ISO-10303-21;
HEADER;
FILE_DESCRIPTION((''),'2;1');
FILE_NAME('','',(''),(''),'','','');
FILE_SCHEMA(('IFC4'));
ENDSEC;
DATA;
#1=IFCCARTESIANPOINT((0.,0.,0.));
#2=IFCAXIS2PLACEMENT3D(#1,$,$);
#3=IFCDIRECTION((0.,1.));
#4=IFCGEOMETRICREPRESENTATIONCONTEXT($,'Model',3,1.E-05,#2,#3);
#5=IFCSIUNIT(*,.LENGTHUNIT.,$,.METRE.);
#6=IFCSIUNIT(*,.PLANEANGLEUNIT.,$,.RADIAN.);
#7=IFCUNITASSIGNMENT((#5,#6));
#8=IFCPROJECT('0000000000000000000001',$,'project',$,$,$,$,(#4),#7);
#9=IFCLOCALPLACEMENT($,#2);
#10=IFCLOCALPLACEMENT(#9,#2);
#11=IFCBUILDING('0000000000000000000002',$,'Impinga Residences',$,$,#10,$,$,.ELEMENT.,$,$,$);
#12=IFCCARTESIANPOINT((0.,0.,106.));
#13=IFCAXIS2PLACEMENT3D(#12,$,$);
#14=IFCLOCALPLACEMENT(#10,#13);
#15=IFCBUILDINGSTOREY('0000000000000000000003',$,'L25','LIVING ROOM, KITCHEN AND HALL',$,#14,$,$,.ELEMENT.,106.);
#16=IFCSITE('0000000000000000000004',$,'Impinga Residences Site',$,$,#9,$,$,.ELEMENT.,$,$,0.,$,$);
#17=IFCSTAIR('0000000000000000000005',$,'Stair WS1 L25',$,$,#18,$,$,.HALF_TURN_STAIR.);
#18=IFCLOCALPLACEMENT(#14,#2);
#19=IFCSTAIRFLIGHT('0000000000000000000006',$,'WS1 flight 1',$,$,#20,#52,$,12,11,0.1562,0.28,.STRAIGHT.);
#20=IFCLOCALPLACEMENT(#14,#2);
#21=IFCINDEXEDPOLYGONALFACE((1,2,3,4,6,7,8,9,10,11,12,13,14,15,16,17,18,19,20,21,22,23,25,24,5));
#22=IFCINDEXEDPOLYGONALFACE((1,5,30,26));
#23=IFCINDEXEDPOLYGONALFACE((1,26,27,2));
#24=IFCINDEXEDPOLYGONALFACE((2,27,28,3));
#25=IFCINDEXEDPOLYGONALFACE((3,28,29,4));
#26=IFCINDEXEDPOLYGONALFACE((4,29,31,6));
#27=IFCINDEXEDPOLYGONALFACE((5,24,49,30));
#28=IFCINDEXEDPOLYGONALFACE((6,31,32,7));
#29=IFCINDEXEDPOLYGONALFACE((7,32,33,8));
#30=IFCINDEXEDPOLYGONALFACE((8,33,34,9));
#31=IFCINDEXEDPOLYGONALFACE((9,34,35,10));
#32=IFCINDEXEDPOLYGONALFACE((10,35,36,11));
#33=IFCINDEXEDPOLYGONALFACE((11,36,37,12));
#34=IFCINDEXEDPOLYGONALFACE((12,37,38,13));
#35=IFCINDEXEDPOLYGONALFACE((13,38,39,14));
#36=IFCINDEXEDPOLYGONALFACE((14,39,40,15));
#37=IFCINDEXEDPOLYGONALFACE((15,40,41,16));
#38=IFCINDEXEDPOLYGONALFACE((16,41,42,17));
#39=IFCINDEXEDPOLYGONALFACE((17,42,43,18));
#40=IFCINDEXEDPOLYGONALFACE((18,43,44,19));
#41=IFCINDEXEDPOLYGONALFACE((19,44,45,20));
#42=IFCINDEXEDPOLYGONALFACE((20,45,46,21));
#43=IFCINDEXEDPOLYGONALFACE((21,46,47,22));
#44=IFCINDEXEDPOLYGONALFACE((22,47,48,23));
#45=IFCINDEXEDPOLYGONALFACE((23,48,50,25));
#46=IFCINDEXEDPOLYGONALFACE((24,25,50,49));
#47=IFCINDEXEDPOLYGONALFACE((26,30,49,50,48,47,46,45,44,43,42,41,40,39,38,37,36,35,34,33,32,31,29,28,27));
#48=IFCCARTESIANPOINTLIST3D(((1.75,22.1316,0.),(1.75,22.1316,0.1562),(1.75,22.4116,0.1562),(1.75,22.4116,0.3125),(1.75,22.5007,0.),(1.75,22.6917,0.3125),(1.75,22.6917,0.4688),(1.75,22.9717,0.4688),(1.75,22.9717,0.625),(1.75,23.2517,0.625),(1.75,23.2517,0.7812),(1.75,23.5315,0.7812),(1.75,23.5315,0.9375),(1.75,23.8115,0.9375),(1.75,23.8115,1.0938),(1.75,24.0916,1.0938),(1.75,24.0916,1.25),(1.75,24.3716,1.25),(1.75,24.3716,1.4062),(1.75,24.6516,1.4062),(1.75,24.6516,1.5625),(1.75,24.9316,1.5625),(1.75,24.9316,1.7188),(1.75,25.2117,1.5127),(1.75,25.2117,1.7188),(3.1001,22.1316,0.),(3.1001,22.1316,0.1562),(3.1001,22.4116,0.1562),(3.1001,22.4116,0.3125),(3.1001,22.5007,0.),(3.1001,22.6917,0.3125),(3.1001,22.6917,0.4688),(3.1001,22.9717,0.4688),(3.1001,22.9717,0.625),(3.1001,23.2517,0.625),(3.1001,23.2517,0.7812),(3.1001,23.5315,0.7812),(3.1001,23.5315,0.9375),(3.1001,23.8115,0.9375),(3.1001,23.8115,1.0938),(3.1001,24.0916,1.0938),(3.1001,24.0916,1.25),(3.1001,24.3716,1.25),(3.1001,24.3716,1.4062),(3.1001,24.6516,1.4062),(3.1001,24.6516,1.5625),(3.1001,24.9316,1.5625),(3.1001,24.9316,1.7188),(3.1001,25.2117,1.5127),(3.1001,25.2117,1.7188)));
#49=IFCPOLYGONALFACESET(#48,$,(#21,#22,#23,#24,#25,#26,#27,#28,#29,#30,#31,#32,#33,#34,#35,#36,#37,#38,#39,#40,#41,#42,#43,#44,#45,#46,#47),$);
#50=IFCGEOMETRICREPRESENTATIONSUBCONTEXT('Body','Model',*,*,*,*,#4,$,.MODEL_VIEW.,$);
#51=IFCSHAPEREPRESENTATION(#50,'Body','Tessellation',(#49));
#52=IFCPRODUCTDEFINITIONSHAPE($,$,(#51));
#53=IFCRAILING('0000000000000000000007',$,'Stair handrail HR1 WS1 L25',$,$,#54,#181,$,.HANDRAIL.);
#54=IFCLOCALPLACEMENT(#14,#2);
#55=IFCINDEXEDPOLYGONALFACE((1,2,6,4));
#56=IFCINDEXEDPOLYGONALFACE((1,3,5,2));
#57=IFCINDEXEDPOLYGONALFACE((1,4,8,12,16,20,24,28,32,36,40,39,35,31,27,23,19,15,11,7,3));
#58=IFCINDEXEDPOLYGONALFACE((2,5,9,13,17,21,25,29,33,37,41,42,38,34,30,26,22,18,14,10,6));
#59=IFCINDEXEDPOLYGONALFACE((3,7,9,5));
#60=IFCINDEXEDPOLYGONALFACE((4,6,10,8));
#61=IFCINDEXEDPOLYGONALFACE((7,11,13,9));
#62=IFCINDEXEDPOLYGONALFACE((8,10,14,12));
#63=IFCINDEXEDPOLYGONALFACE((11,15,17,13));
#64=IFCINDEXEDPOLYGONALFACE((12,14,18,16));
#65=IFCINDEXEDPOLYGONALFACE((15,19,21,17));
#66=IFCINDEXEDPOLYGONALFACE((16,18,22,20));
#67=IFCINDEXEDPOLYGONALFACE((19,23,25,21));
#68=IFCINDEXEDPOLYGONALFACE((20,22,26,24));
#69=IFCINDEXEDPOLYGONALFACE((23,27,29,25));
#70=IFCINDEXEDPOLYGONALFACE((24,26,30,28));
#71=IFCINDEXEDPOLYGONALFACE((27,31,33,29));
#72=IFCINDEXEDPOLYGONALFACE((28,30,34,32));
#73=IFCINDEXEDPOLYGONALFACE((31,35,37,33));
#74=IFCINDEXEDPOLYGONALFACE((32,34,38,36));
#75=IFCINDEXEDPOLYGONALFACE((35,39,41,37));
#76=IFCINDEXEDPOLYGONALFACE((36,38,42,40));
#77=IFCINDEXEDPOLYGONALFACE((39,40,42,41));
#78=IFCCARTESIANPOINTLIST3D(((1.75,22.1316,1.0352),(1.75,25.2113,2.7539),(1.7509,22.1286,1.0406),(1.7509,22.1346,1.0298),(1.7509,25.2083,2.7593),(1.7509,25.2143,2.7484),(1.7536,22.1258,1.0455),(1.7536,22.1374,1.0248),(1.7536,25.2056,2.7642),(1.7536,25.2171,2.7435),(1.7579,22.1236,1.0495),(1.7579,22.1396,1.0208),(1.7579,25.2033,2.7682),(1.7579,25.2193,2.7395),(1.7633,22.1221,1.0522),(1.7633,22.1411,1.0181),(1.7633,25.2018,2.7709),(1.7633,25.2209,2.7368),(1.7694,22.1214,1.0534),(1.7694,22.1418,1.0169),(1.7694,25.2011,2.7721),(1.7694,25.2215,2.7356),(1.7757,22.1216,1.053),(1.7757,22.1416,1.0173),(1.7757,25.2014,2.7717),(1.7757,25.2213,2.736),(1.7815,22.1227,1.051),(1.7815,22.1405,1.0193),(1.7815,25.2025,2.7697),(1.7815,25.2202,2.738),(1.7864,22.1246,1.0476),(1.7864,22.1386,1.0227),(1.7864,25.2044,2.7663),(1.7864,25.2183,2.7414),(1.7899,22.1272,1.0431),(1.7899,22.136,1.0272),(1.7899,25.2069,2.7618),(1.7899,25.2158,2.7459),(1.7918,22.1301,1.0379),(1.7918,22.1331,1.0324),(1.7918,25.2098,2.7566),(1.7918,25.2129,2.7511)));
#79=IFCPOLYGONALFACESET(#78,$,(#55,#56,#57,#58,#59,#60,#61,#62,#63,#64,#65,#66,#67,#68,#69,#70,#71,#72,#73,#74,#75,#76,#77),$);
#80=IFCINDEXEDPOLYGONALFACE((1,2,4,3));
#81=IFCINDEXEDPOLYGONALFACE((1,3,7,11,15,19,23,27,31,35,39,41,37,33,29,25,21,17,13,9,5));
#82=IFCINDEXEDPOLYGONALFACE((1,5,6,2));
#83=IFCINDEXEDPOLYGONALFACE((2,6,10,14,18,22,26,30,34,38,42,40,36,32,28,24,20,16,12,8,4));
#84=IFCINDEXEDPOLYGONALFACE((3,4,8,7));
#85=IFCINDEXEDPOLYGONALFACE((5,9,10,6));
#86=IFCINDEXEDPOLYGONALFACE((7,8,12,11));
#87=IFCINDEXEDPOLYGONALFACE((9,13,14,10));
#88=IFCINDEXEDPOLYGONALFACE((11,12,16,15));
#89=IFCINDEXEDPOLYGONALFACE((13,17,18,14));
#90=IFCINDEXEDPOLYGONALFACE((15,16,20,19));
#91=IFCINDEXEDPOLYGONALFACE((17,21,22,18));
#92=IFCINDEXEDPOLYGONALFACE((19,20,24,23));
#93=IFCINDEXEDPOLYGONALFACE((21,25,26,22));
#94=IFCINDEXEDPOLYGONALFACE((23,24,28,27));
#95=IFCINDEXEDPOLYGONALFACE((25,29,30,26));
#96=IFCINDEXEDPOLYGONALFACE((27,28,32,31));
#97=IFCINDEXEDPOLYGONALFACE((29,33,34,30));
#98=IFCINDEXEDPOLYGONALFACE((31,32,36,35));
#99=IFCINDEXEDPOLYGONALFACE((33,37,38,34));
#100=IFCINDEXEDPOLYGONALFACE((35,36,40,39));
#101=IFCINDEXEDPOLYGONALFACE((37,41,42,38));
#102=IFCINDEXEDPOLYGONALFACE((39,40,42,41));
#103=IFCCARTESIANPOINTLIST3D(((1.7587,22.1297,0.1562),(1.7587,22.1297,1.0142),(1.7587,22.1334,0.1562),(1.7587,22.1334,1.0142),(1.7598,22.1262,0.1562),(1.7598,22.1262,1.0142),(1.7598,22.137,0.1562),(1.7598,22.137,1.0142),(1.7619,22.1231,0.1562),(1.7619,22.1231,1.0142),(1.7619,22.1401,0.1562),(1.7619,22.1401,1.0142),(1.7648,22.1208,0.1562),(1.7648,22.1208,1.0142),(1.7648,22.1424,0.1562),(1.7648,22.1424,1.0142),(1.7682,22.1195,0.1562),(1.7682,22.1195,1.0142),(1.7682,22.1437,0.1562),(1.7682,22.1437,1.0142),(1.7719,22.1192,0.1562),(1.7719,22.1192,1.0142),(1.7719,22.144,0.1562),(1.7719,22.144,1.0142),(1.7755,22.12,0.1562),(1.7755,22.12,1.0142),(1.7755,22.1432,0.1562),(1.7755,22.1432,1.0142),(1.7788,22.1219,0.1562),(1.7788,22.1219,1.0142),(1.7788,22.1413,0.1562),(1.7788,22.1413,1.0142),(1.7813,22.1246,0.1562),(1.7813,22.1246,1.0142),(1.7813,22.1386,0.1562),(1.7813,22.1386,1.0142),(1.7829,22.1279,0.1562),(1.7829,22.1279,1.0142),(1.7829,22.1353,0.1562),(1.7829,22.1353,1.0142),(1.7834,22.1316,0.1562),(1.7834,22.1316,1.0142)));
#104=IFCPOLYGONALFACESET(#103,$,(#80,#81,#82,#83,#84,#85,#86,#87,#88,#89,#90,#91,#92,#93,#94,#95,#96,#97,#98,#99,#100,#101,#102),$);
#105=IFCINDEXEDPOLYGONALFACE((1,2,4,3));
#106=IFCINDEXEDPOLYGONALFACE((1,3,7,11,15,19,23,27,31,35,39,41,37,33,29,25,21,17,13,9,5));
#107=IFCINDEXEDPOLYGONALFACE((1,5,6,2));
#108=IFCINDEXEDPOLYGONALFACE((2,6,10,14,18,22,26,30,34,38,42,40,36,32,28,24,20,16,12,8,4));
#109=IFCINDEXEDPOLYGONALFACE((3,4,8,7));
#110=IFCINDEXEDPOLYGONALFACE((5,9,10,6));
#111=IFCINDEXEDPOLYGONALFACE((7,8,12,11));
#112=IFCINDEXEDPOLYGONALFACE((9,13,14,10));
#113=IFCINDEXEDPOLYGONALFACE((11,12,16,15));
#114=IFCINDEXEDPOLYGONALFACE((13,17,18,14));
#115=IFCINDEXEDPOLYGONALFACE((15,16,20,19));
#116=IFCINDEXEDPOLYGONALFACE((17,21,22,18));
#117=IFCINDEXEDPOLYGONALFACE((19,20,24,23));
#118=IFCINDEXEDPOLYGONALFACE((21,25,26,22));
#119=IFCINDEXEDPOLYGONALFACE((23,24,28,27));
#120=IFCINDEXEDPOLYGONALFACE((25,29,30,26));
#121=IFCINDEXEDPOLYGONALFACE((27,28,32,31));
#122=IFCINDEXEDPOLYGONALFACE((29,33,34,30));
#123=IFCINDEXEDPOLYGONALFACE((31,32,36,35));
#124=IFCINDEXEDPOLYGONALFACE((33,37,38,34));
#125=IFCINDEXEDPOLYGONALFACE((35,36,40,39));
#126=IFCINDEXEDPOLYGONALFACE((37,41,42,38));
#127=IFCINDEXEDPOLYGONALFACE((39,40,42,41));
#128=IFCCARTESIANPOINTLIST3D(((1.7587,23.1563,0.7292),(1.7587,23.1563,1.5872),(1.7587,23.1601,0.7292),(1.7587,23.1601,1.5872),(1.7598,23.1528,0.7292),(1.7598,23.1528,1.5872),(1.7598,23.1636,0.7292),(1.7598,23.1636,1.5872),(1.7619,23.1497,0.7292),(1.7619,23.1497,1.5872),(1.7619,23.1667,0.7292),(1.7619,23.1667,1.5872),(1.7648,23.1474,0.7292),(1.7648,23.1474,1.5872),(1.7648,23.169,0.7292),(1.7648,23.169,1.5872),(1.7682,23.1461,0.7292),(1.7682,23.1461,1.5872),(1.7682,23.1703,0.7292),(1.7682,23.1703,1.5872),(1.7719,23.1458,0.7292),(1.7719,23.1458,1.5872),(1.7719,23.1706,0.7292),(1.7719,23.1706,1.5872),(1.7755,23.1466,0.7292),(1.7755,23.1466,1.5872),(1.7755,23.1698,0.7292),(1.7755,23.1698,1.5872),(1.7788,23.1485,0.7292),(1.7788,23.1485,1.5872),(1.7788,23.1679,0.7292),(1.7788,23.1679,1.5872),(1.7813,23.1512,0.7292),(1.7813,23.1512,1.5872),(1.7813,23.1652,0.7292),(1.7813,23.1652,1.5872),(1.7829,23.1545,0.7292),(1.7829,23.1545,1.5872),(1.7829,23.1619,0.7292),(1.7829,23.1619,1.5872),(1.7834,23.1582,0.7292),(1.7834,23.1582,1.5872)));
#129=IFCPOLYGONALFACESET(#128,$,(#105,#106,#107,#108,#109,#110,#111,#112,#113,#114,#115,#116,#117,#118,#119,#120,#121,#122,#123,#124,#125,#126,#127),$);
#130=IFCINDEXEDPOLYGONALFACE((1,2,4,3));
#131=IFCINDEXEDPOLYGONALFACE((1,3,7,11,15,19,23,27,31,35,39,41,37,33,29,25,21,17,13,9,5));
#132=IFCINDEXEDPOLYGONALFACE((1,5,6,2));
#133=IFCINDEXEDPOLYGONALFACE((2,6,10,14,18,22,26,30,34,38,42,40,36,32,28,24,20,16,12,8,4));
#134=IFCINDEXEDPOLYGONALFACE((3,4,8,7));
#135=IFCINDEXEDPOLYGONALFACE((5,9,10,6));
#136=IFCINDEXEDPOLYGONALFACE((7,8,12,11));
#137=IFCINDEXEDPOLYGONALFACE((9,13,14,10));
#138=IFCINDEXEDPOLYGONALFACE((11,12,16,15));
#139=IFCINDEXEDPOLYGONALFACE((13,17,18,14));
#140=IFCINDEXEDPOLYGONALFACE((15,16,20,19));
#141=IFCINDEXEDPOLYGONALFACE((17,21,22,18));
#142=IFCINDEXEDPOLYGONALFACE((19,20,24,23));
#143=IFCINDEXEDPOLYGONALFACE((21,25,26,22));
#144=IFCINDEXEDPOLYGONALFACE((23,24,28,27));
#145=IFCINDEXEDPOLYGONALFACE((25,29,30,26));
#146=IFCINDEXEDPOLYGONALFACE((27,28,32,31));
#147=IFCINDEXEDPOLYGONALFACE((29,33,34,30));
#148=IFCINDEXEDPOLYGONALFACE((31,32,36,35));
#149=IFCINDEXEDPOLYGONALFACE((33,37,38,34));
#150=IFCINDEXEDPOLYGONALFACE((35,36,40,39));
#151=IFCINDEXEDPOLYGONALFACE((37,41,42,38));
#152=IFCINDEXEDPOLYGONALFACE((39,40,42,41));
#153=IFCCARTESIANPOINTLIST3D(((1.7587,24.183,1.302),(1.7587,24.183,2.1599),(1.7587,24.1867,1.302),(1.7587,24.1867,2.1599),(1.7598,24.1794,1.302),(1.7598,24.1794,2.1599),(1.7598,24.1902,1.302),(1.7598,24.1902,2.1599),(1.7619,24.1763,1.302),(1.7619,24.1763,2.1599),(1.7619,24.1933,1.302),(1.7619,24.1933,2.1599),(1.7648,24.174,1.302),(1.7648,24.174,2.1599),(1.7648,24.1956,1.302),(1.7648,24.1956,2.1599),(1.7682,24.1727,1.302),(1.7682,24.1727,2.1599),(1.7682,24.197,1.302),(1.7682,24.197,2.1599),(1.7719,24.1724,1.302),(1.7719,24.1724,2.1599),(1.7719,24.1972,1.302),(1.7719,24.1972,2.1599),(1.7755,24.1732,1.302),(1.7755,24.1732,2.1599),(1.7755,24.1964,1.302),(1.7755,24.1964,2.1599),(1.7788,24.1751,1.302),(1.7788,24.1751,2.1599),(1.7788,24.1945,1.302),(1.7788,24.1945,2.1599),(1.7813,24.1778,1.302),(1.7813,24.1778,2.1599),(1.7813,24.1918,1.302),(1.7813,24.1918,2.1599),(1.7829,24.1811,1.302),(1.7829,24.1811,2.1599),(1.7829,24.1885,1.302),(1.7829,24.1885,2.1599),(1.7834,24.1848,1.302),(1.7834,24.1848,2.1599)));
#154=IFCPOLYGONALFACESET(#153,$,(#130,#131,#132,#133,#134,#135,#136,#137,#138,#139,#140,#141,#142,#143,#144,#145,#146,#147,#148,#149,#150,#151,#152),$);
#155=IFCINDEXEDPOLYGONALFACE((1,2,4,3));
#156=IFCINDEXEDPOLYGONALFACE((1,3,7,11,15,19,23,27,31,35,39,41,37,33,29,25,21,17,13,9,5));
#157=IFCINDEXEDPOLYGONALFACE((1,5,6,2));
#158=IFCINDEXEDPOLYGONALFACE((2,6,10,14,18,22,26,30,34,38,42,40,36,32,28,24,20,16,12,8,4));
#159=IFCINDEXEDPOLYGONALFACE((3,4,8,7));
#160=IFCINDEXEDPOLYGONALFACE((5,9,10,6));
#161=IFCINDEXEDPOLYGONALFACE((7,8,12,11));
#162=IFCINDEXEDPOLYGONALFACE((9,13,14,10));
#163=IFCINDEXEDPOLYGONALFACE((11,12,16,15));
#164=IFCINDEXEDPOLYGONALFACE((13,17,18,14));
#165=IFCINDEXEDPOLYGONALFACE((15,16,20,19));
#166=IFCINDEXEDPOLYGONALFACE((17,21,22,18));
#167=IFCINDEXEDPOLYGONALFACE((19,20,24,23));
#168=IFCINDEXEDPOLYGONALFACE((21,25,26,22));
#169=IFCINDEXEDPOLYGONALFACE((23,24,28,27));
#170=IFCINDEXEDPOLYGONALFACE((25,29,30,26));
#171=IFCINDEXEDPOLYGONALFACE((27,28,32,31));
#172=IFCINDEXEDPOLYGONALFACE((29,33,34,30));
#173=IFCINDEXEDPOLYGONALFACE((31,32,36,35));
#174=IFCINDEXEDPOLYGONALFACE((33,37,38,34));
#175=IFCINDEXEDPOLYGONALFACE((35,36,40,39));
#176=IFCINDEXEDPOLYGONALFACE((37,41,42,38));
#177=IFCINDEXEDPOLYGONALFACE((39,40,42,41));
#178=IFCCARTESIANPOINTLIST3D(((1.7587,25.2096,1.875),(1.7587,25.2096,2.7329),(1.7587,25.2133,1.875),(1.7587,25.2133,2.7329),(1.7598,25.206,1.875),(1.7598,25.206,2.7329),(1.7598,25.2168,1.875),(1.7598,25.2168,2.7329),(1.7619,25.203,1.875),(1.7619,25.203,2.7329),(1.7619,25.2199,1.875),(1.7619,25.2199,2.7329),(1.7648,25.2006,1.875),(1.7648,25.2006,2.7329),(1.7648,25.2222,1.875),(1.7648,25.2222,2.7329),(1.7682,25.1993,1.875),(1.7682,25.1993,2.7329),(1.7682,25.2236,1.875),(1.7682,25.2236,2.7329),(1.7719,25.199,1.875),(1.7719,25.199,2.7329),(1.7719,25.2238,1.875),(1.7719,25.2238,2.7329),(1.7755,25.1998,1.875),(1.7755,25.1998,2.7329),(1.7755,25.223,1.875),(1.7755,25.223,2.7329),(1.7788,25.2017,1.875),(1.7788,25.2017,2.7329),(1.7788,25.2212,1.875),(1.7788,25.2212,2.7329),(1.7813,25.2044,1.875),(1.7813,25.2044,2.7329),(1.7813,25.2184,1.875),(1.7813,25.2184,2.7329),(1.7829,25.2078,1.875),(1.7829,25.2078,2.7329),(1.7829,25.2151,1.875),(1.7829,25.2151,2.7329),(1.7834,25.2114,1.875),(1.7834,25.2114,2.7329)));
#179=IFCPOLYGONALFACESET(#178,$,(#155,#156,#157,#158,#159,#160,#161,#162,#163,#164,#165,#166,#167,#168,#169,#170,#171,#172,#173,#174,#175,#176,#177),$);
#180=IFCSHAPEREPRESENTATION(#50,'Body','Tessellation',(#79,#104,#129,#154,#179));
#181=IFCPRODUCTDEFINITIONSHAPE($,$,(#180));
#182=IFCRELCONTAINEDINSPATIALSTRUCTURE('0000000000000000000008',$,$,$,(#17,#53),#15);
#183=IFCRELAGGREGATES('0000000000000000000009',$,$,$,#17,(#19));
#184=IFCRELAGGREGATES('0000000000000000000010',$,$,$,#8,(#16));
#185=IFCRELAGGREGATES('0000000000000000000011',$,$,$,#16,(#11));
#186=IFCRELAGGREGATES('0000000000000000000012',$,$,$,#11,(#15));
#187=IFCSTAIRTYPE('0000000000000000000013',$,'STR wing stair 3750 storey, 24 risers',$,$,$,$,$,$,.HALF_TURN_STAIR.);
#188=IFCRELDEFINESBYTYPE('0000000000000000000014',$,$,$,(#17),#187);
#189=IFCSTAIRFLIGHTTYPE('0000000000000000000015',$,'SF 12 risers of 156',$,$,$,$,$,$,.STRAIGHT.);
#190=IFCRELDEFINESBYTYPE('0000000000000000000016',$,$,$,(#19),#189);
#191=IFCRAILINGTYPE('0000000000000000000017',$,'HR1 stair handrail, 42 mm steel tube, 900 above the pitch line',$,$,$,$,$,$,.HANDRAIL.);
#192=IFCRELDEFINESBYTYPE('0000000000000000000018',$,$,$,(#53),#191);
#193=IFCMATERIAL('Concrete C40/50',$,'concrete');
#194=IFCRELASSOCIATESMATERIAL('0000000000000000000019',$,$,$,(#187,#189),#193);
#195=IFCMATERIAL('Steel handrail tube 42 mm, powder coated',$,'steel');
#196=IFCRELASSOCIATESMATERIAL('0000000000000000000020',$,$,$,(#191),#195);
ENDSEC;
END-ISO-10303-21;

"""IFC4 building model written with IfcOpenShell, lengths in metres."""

from ifc_helpers import new_model, si_unit, direction, frame, origin, origin_2d, place, context, subcontext, project, spatial, polyline, circle, outline, extrude, material, type_object, element, aggregate, save


model = new_model("IFC4")

# Units and contexts
model_context = context("Model", 3, precision=1e-05, world=origin(), true_north=direction((0.0, 1.0)))
body_context = subcontext(model_context, "Body", "Model", "MODEL_VIEW")
ifc_project = project(units=[si_unit("LENGTHUNIT", "METRE"), si_unit("PLANEANGLEUNIT", "RADIAN")], contexts=[model_context])

# Site, building, storey
site_placement = place(None, origin())
site = spatial("IfcSite", under=ifc_project, at=site_placement, Name="Impinga Residences Site", CompositionType="ELEMENT", RefElevation=0.0)
building_placement = place(site_placement, origin())
building = spatial("IfcBuilding", under=site, at=building_placement, Name="Impinga Residences", CompositionType="ELEMENT")
storey_placement = place(building_placement, frame((0.0, 0.0, 106.0)))
storey = spatial("IfcBuildingStorey", under=building, at=storey_placement, Name="L25", Description="LIVING ROOM, KITCHEN AND HALL", CompositionType="ELEMENT", Elevation=106.0)

# Stair, stair flight
ifc_material_1 = material(Name="Concrete C40/50", Category="concrete")
stair_type = type_object("IfcStairType", Name="STR wing stair 3750 storey, 24 risers", PredefinedType="HALF_TURN_STAIR", material=ifc_material_1)
stair_placement = place(storey_placement, origin())
stair = element("IfcStair", 1, at=stair_placement, inside=storey, type_object=stair_type, Name="Stair WS1 L25", PredefinedType="HALF_TURN_STAIR")
stair_flight_type = type_object("IfcStairFlightType", Name="SF 12 risers of 156", PredefinedType="STRAIGHT", material=ifc_material_1)
stair_flight_placement = place(storey_placement, frame((2.425, 22.1316, 0.0), z_axis=(0.0, 0.0, 1.0), x_axis=(0.0, 1.0, 0.0)))
stair_flight = element("IfcStairFlight", 2, at=stair_flight_placement, type_object=stair_flight_type, Name="WS1 flight 1", NumberOfRisers=12, NumberOfTreads=11, PredefinedType="STRAIGHT", RiserHeight=0.1562, TreadLength=0.28, context=body_context, shape_type="SweptSolid", body=[
    extrude(outline(polyline([(0.0, 0.0), (0.0, 0.1562), (0.28, 0.1562), (0.28, 0.3125), (0.5601, 0.3125), (0.5601, 0.4688), (0.8401, 0.4688), (0.8401, 0.625), (1.1201, 0.625), (1.1201, 0.7812), (1.3999, 0.7812), (1.3999, 0.9375), (1.6799, 0.9375), (1.6799, 1.0938), (1.96, 1.0938), (1.96, 1.25), (2.24, 1.25), (2.24, 1.4062), (2.52, 1.4062), (2.52, 1.5625), (2.8, 1.5625), (2.8, 1.7188), (3.0801, 1.7188), (3.0801, 1.875), (3.0801, 1.5127), (0.3691, 0.0), (0.0, 0.0)])), frame((0.0, 0.675, 0.0), z_axis=(0.0, -1.0, 0.0), x_axis=(1.0, 0.0, 0.0)), (0.0, 0.0, 1.0), 1.3501),
])
aggregate(stair, [stair_flight])

# Railing
ifc_material_2 = material(Name="Steel handrail tube 42 mm, powder coated", Category="steel")
railing_type = type_object("IfcRailingType", Name="HR1 stair handrail, 42 mm steel tube, 900 above the pitch line", PredefinedType="HANDRAIL", material=ifc_material_2)
railing_placement = place(storey_placement, frame((1.771, 22.1316, 0.1562)))
element("IfcRailing", 3, at=railing_placement, inside=storey, type_object=railing_type, Name="Stair handrail HR1 WS1 L25", PredefinedType="HANDRAIL", context=body_context, shape_type="SweptSolid", body=[
    extrude(circle(Radius=0.021, at=origin_2d()), frame((0.0, 0.0, 0.8789), z_axis=(0.0, 0.873225, 0.487317), x_axis=(-1.0, 0.0, 0.0)), (0.0, 0.0, 1.0), 3.5269),
    extrude(circle(Radius=0.0125, at=origin_2d()), origin(), (0.0, 0.0, 1.0), 0.8579),
    extrude(circle(Radius=0.0125, at=origin_2d()), frame((0.0, 1.0266, 0.573)), (0.0, 0.0, 1.0), 0.8579),
    extrude(circle(Radius=0.0125, at=origin_2d()), frame((0.0, 2.0532, 1.1458)), (0.0, 0.0, 1.0), 0.8579),
    extrude(circle(Radius=0.0125, at=origin_2d()), frame((0.0, 3.0798, 1.7188)), (0.0, 0.0, 1.0), 0.8579),
])

save(model, "model.ifc")
